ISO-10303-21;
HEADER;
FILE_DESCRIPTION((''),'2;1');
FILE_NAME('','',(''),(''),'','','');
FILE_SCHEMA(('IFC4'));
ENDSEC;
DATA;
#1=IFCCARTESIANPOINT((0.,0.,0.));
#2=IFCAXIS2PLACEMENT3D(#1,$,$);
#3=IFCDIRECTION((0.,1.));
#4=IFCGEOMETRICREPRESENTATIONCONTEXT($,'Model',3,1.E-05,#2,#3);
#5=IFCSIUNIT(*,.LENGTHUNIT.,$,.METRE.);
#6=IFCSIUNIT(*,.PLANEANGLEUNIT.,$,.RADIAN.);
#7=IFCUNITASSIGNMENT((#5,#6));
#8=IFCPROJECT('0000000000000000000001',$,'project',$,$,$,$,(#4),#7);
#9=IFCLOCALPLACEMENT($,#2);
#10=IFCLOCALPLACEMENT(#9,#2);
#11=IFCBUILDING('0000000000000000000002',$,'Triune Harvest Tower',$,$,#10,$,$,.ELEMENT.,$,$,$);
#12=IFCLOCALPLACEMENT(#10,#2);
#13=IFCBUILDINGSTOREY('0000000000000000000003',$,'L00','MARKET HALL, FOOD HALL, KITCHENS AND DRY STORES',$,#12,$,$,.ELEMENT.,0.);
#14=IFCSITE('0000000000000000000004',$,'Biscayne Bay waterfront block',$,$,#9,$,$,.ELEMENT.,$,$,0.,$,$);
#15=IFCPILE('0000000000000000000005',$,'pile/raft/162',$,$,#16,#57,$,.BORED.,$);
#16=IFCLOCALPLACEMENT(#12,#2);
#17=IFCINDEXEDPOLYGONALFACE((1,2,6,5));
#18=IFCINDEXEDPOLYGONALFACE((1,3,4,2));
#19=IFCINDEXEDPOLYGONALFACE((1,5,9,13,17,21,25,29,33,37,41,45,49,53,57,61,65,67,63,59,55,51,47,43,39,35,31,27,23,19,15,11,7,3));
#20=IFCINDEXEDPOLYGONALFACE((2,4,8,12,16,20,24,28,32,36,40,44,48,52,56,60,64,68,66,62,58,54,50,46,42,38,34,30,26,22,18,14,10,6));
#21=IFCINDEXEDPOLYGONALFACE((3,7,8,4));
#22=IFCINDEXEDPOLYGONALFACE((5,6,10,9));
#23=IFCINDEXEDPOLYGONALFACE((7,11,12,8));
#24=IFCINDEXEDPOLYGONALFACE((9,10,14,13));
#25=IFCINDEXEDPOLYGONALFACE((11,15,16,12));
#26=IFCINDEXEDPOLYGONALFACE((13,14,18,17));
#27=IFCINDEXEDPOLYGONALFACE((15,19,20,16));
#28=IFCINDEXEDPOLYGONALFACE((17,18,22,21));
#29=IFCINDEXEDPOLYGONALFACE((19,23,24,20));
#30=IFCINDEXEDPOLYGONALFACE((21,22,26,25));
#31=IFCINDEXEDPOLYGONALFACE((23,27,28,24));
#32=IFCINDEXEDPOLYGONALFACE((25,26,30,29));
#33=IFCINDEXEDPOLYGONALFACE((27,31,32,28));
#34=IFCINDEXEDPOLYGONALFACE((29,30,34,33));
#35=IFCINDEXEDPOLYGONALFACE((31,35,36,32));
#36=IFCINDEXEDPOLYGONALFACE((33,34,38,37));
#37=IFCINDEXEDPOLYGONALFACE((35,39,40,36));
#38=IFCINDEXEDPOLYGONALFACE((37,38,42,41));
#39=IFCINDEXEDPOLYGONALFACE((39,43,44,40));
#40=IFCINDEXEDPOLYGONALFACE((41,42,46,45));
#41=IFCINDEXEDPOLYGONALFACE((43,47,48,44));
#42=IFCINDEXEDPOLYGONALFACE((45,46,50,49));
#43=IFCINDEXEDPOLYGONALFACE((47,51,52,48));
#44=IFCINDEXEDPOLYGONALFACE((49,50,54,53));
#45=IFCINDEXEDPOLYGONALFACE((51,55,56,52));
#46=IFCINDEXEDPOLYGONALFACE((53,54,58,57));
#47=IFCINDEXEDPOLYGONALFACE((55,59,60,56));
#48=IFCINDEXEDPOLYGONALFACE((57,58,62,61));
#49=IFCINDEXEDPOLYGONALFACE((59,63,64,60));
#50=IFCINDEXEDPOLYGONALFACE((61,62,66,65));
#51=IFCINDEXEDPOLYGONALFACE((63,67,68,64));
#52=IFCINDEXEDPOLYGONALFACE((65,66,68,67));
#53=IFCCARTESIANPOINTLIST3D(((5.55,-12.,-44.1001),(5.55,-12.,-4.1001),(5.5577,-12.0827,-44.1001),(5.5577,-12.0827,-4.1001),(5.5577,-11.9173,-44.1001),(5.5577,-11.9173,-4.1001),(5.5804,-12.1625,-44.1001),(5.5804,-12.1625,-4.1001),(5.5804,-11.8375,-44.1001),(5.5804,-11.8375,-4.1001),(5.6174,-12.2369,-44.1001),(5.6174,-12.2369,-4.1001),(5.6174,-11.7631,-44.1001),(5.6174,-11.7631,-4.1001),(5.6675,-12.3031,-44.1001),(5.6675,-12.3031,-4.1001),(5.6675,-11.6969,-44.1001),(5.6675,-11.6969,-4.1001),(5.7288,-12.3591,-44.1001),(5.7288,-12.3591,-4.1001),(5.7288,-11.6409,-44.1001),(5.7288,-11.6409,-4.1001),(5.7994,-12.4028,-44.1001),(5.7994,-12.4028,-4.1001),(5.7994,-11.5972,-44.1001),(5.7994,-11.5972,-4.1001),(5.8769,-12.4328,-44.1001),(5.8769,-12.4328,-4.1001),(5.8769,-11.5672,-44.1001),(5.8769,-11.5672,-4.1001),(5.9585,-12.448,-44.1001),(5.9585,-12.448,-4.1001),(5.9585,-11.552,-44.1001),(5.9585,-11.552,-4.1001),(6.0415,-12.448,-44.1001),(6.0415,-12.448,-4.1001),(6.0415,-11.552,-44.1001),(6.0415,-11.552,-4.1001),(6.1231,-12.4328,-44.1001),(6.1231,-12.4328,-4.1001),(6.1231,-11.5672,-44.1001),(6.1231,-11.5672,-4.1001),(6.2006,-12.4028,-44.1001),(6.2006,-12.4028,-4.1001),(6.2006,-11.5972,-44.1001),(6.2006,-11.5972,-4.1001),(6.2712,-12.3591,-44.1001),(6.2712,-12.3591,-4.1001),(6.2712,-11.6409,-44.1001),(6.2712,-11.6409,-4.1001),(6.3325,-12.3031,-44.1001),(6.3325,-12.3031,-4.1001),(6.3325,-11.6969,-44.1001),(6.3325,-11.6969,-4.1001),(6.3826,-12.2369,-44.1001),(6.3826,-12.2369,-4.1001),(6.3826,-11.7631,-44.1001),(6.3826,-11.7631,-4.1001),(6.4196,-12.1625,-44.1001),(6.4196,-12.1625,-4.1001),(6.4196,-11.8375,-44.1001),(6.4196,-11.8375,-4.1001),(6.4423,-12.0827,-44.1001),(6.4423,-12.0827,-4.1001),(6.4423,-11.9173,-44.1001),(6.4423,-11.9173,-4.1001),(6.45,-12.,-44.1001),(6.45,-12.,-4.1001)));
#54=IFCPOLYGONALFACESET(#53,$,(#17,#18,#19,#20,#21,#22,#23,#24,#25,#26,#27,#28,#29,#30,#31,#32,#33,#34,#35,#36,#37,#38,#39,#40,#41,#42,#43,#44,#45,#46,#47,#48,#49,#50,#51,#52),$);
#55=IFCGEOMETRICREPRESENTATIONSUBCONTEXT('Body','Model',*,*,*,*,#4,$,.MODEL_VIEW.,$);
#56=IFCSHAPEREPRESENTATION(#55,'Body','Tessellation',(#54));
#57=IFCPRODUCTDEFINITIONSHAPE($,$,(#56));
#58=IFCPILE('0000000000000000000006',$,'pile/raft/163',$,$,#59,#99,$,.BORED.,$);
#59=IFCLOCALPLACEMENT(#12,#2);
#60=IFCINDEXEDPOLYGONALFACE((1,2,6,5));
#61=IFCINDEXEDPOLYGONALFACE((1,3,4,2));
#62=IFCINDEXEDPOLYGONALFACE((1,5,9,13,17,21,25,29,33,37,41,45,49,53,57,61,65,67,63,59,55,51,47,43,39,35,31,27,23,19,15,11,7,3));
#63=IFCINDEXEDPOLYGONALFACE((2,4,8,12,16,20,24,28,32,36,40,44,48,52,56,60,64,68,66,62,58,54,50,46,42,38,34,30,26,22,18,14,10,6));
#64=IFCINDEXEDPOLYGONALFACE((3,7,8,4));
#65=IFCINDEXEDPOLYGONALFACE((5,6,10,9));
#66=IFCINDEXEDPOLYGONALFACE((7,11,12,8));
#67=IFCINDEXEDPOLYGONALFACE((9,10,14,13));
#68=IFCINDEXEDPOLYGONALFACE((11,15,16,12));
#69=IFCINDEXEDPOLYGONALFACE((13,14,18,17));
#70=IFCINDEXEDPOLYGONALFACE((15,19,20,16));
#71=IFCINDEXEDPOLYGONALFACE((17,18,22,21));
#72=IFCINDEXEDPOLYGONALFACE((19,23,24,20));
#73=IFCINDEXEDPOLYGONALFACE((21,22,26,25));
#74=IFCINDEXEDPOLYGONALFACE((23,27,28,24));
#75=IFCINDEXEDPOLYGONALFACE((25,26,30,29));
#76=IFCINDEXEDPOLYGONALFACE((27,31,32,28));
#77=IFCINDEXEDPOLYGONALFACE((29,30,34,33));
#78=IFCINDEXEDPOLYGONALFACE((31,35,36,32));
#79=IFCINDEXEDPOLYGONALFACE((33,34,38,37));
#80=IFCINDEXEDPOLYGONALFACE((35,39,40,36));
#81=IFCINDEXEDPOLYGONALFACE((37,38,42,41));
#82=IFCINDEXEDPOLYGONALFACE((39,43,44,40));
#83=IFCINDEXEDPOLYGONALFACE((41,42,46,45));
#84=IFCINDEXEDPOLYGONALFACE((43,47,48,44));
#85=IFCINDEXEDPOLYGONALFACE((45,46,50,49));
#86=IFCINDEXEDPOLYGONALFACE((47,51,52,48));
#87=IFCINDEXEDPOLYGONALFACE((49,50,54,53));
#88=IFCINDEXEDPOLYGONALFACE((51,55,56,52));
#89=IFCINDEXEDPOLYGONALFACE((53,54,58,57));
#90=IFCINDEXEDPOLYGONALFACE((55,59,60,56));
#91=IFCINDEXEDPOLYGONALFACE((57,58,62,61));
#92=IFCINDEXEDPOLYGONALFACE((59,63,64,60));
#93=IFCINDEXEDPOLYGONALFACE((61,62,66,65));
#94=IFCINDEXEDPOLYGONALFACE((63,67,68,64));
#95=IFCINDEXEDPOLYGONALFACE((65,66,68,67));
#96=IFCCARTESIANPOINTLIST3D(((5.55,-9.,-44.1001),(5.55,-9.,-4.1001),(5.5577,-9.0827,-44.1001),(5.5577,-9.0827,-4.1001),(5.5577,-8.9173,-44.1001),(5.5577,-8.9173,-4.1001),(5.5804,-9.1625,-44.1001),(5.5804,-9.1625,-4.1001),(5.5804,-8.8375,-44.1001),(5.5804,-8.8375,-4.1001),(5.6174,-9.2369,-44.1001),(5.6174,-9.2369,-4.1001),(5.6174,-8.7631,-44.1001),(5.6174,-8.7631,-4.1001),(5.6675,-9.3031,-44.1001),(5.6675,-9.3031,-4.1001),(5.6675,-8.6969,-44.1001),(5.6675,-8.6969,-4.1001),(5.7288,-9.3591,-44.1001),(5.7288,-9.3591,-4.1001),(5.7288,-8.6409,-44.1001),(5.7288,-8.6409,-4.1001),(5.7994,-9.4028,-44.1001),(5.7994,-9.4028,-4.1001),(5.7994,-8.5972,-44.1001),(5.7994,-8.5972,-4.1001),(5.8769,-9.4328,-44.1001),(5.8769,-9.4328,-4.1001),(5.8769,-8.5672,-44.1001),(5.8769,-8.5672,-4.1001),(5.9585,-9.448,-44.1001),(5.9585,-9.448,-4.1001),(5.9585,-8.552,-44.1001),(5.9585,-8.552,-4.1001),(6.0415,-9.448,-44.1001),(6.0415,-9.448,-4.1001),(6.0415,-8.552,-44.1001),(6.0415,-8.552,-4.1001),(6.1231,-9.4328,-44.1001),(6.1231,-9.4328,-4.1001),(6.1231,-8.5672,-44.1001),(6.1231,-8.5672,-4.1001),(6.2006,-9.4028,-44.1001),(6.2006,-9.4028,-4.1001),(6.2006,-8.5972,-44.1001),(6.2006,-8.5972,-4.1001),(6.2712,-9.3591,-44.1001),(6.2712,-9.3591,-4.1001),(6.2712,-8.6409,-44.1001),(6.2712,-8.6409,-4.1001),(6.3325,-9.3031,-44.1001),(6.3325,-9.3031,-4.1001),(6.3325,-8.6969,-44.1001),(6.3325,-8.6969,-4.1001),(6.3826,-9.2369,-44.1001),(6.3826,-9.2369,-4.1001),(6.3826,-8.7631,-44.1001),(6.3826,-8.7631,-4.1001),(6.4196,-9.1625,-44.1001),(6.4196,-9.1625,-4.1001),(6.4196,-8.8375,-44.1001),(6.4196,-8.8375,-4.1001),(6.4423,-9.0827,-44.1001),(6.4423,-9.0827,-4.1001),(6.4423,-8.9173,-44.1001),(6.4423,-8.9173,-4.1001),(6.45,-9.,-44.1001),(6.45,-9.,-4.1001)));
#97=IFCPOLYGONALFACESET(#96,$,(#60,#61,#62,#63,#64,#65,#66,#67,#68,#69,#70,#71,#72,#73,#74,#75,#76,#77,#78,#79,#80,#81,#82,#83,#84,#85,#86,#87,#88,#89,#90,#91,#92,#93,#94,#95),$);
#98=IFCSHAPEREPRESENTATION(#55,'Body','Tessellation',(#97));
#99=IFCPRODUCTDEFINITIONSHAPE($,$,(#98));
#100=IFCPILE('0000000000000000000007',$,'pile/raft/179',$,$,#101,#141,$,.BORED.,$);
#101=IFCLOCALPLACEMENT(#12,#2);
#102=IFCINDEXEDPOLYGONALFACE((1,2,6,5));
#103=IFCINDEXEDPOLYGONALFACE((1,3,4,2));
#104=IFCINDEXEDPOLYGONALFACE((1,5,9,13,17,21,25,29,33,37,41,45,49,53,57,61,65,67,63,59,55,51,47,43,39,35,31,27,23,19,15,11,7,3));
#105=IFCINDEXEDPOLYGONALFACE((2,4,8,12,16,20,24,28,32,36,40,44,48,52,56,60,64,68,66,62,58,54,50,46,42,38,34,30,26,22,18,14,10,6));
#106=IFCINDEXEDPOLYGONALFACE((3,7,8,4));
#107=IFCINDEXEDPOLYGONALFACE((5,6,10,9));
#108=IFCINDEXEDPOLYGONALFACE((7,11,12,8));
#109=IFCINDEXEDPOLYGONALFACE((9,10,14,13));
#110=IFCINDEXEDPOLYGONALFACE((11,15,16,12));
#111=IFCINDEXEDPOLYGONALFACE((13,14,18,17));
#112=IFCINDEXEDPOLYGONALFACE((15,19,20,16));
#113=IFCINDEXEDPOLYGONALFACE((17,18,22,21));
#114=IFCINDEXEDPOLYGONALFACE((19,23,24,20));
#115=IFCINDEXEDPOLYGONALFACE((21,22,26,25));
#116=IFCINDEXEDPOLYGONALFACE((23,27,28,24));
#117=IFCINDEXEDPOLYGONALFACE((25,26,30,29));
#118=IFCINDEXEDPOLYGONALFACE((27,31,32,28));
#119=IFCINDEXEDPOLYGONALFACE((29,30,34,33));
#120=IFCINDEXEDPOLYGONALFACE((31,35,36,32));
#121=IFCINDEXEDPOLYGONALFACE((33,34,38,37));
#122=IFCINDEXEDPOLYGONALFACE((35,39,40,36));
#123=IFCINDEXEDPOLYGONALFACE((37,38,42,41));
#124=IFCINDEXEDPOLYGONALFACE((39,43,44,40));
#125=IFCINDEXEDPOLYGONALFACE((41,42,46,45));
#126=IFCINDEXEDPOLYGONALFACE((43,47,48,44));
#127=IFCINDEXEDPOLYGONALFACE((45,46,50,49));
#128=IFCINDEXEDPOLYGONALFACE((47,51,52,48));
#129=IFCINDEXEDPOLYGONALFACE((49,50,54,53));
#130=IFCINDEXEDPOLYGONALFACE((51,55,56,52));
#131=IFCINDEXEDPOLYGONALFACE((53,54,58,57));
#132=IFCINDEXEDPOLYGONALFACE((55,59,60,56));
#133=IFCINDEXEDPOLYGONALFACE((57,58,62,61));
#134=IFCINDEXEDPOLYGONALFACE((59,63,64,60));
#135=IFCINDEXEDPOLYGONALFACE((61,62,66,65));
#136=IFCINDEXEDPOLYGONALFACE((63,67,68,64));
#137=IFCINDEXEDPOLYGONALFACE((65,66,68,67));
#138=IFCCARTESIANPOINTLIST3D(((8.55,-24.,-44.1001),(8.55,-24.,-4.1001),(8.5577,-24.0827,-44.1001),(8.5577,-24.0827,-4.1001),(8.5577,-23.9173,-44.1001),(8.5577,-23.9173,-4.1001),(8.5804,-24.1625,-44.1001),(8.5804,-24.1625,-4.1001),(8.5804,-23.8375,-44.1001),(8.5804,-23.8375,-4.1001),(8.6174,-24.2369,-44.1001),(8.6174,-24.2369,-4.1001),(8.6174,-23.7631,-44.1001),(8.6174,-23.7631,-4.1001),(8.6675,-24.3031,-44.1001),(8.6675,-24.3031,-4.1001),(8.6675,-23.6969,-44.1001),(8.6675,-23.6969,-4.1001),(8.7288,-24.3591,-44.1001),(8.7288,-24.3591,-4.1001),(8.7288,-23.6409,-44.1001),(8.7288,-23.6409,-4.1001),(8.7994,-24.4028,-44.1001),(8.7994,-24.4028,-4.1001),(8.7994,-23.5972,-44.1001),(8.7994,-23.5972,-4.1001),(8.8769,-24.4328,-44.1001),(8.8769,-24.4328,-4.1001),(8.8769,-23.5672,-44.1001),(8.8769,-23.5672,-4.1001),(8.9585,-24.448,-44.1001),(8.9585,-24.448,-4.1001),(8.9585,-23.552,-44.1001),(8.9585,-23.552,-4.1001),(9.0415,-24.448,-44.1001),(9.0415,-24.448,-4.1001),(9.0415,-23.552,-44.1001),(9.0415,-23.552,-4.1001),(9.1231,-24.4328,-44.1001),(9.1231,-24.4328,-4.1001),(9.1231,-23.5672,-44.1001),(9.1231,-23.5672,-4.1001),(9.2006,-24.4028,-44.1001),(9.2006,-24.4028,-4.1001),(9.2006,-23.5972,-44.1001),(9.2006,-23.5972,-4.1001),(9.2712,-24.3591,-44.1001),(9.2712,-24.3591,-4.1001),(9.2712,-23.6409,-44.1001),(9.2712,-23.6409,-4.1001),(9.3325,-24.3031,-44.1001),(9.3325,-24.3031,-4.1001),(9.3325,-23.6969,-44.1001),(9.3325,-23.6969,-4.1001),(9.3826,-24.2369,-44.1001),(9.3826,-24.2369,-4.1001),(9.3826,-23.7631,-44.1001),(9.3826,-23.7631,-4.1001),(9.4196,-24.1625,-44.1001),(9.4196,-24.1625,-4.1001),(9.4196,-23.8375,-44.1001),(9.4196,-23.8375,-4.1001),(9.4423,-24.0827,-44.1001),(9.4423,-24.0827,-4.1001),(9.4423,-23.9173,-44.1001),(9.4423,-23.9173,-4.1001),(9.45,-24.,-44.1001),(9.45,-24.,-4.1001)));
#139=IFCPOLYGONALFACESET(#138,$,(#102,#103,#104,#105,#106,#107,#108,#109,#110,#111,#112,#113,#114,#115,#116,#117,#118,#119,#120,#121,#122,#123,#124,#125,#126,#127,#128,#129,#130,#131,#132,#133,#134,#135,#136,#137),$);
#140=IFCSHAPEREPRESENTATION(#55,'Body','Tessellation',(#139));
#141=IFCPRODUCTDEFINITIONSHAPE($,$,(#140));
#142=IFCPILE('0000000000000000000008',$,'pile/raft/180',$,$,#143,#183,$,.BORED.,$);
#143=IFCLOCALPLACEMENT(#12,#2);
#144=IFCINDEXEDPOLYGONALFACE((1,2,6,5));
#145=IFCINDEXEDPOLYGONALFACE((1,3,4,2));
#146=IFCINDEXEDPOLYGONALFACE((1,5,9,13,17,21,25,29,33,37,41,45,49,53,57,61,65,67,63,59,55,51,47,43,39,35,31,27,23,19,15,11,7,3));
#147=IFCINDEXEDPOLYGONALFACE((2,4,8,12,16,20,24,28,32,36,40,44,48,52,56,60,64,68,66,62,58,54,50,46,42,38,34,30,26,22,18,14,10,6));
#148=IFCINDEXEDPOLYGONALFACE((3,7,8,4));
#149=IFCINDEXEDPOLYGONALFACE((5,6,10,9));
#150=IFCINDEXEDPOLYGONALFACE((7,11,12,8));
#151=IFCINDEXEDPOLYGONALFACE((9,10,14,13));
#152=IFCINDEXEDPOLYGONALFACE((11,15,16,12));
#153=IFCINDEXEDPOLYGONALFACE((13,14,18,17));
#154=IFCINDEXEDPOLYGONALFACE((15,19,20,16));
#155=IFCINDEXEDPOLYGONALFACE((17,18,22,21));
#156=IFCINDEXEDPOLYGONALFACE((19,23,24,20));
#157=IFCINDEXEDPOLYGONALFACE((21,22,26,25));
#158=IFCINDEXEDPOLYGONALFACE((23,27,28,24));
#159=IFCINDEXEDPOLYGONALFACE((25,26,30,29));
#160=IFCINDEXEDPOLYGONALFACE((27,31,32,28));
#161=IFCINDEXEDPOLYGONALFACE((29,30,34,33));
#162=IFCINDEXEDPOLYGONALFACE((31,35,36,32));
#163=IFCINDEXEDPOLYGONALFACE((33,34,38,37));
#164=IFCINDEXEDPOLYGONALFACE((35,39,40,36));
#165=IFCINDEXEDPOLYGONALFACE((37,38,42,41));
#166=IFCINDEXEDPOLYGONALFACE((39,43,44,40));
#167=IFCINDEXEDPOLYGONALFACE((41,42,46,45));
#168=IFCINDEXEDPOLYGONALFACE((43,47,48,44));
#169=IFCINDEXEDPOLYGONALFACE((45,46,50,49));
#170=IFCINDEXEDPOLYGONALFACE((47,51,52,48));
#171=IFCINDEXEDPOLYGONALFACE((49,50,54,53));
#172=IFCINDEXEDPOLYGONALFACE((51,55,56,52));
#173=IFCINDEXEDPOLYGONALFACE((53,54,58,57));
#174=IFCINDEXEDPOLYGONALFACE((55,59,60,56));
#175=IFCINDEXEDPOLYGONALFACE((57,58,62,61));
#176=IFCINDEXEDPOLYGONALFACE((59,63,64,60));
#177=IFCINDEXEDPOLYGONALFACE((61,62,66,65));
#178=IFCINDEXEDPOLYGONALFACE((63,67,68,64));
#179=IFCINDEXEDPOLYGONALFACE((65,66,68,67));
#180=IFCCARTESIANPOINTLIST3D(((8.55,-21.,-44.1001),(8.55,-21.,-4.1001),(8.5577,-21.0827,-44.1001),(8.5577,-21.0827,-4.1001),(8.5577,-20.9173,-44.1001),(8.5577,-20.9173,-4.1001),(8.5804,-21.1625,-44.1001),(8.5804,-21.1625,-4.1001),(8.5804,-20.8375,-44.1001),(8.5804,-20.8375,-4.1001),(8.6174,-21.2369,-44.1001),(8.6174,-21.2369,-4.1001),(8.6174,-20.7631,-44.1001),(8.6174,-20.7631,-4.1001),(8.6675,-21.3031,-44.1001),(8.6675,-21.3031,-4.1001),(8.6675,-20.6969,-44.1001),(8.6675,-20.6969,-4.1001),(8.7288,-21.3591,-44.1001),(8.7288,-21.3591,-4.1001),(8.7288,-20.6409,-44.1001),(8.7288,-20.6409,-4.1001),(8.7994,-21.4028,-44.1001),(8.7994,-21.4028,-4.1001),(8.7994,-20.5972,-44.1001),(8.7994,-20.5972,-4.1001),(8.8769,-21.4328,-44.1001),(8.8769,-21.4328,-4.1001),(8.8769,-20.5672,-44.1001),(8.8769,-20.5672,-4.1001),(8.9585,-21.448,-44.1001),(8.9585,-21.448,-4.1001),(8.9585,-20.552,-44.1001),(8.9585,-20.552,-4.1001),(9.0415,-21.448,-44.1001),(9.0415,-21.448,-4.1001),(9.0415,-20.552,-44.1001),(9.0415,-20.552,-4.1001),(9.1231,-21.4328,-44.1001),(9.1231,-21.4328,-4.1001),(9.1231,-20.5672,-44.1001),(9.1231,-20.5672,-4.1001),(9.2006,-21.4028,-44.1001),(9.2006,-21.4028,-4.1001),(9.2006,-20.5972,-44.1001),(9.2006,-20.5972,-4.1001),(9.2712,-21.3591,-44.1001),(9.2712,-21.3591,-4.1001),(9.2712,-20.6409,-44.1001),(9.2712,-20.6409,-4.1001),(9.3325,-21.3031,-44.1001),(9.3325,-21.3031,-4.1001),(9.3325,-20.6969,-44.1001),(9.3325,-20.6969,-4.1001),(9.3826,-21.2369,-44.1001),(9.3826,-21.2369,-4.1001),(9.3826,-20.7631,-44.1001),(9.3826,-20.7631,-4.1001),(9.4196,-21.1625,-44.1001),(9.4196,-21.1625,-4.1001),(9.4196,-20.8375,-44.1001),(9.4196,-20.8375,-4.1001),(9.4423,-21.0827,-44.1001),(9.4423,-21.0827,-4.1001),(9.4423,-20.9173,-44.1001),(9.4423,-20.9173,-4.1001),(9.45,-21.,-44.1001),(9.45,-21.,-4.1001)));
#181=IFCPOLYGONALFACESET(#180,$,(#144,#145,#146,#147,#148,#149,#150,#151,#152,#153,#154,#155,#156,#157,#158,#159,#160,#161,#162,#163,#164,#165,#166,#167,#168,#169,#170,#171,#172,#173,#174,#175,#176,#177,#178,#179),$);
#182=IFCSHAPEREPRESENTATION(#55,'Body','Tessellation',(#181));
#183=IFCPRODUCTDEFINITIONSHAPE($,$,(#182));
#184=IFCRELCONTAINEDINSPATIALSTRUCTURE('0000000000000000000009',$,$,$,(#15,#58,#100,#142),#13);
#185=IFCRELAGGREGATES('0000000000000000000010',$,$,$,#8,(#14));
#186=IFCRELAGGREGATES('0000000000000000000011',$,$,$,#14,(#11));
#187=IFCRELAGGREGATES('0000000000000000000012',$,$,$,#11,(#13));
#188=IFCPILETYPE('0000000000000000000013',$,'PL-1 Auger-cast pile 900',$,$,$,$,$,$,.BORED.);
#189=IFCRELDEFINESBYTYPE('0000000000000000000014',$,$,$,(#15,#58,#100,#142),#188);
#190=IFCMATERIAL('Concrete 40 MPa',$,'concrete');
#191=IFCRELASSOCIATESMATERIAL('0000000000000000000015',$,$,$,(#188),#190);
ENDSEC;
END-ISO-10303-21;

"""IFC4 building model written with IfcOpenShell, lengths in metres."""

from ifc_helpers import new_model, si_unit, direction, frame, origin, origin_2d, place, context, subcontext, project, spatial, circle, extrude, source, transform, mapped, material, material_profile, profile_set, type_object, element, save


model = new_model("IFC4")

# Units and contexts
model_context = context("Model", 3, precision=1e-05, world=origin(), true_north=direction((0.0, 1.0)))
body_context = subcontext(model_context, "Body", "Model", "MODEL_VIEW")
ifc_project = project(units=[si_unit("LENGTHUNIT", "METRE"), si_unit("PLANEANGLEUNIT", "RADIAN")], contexts=[model_context])

# Site, building, storey
site_placement = place(None, origin())
site = spatial("IfcSite", under=ifc_project, at=site_placement, Name="Biscayne Bay waterfront block", CompositionType="ELEMENT", RefElevation=0.0)
building_placement = place(site_placement, origin())
building = spatial("IfcBuilding", under=site, at=building_placement, Name="Triune Harvest Tower", CompositionType="ELEMENT")
storey_placement = place(building_placement, origin())
storey = spatial("IfcBuildingStorey", under=building, at=storey_placement, Name="L00", Description="MARKET HALL, FOOD HALL, KITCHENS AND DRY STORES", CompositionType="ELEMENT", Elevation=0.0)

# Piles
ifc_material_1 = material(Name="Concrete 40 MPa", Category="concrete")
ifc_material_profile = material_profile(ifc_material_1, circle(Radius=0.45, at=origin_2d()), Name="Bored 900")
ifc_profile_set = profile_set([ifc_material_profile], Name="Concrete 40 MPa")
pile_type = type_object("IfcPileType", Name="PL-1 Auger-cast pile 900", PredefinedType="BORED", material=ifc_profile_set)
shared_shape_1 = source(origin(), body_context, "Body", "SweptSolid", [
    extrude(circle(Radius=0.45, at=origin_2d()), origin(), (0.0, 0.0, 1.0), 40.0),
])
for number, where, z_axis, x_axis, name in (
    (1, (6.0, -12.0, -4.1001), (0.0, 0.0, -1.0), (1.0, 0.0, 0.0), "pile/raft/162"),
    (2, (6.0, -9.0, -4.1001), (0.0, 0.0, -1.0), (1.0, 0.0, 0.0), "pile/raft/163"),
    (3, (9.0, -24.0, -4.1001), (0.0, 0.0, -1.0), (1.0, 0.0, 0.0), "pile/raft/179"),
    (4, (9.0, -21.0, -4.1001), (0.0, 0.0, -1.0), (1.0, 0.0, 0.0), "pile/raft/180"),
):
    element("IfcPile", number, at=place(storey_placement, frame(where, z_axis=z_axis, x_axis=x_axis)), inside=storey, type_object=pile_type, Name=name, PredefinedType="BORED", context=body_context, shape_type="MappedRepresentation", body=[
        mapped(shared_shape_1, transform((0.0, 0.0, 0.0), scale=1.0)),
    ])

save(model, "model.ifc")
